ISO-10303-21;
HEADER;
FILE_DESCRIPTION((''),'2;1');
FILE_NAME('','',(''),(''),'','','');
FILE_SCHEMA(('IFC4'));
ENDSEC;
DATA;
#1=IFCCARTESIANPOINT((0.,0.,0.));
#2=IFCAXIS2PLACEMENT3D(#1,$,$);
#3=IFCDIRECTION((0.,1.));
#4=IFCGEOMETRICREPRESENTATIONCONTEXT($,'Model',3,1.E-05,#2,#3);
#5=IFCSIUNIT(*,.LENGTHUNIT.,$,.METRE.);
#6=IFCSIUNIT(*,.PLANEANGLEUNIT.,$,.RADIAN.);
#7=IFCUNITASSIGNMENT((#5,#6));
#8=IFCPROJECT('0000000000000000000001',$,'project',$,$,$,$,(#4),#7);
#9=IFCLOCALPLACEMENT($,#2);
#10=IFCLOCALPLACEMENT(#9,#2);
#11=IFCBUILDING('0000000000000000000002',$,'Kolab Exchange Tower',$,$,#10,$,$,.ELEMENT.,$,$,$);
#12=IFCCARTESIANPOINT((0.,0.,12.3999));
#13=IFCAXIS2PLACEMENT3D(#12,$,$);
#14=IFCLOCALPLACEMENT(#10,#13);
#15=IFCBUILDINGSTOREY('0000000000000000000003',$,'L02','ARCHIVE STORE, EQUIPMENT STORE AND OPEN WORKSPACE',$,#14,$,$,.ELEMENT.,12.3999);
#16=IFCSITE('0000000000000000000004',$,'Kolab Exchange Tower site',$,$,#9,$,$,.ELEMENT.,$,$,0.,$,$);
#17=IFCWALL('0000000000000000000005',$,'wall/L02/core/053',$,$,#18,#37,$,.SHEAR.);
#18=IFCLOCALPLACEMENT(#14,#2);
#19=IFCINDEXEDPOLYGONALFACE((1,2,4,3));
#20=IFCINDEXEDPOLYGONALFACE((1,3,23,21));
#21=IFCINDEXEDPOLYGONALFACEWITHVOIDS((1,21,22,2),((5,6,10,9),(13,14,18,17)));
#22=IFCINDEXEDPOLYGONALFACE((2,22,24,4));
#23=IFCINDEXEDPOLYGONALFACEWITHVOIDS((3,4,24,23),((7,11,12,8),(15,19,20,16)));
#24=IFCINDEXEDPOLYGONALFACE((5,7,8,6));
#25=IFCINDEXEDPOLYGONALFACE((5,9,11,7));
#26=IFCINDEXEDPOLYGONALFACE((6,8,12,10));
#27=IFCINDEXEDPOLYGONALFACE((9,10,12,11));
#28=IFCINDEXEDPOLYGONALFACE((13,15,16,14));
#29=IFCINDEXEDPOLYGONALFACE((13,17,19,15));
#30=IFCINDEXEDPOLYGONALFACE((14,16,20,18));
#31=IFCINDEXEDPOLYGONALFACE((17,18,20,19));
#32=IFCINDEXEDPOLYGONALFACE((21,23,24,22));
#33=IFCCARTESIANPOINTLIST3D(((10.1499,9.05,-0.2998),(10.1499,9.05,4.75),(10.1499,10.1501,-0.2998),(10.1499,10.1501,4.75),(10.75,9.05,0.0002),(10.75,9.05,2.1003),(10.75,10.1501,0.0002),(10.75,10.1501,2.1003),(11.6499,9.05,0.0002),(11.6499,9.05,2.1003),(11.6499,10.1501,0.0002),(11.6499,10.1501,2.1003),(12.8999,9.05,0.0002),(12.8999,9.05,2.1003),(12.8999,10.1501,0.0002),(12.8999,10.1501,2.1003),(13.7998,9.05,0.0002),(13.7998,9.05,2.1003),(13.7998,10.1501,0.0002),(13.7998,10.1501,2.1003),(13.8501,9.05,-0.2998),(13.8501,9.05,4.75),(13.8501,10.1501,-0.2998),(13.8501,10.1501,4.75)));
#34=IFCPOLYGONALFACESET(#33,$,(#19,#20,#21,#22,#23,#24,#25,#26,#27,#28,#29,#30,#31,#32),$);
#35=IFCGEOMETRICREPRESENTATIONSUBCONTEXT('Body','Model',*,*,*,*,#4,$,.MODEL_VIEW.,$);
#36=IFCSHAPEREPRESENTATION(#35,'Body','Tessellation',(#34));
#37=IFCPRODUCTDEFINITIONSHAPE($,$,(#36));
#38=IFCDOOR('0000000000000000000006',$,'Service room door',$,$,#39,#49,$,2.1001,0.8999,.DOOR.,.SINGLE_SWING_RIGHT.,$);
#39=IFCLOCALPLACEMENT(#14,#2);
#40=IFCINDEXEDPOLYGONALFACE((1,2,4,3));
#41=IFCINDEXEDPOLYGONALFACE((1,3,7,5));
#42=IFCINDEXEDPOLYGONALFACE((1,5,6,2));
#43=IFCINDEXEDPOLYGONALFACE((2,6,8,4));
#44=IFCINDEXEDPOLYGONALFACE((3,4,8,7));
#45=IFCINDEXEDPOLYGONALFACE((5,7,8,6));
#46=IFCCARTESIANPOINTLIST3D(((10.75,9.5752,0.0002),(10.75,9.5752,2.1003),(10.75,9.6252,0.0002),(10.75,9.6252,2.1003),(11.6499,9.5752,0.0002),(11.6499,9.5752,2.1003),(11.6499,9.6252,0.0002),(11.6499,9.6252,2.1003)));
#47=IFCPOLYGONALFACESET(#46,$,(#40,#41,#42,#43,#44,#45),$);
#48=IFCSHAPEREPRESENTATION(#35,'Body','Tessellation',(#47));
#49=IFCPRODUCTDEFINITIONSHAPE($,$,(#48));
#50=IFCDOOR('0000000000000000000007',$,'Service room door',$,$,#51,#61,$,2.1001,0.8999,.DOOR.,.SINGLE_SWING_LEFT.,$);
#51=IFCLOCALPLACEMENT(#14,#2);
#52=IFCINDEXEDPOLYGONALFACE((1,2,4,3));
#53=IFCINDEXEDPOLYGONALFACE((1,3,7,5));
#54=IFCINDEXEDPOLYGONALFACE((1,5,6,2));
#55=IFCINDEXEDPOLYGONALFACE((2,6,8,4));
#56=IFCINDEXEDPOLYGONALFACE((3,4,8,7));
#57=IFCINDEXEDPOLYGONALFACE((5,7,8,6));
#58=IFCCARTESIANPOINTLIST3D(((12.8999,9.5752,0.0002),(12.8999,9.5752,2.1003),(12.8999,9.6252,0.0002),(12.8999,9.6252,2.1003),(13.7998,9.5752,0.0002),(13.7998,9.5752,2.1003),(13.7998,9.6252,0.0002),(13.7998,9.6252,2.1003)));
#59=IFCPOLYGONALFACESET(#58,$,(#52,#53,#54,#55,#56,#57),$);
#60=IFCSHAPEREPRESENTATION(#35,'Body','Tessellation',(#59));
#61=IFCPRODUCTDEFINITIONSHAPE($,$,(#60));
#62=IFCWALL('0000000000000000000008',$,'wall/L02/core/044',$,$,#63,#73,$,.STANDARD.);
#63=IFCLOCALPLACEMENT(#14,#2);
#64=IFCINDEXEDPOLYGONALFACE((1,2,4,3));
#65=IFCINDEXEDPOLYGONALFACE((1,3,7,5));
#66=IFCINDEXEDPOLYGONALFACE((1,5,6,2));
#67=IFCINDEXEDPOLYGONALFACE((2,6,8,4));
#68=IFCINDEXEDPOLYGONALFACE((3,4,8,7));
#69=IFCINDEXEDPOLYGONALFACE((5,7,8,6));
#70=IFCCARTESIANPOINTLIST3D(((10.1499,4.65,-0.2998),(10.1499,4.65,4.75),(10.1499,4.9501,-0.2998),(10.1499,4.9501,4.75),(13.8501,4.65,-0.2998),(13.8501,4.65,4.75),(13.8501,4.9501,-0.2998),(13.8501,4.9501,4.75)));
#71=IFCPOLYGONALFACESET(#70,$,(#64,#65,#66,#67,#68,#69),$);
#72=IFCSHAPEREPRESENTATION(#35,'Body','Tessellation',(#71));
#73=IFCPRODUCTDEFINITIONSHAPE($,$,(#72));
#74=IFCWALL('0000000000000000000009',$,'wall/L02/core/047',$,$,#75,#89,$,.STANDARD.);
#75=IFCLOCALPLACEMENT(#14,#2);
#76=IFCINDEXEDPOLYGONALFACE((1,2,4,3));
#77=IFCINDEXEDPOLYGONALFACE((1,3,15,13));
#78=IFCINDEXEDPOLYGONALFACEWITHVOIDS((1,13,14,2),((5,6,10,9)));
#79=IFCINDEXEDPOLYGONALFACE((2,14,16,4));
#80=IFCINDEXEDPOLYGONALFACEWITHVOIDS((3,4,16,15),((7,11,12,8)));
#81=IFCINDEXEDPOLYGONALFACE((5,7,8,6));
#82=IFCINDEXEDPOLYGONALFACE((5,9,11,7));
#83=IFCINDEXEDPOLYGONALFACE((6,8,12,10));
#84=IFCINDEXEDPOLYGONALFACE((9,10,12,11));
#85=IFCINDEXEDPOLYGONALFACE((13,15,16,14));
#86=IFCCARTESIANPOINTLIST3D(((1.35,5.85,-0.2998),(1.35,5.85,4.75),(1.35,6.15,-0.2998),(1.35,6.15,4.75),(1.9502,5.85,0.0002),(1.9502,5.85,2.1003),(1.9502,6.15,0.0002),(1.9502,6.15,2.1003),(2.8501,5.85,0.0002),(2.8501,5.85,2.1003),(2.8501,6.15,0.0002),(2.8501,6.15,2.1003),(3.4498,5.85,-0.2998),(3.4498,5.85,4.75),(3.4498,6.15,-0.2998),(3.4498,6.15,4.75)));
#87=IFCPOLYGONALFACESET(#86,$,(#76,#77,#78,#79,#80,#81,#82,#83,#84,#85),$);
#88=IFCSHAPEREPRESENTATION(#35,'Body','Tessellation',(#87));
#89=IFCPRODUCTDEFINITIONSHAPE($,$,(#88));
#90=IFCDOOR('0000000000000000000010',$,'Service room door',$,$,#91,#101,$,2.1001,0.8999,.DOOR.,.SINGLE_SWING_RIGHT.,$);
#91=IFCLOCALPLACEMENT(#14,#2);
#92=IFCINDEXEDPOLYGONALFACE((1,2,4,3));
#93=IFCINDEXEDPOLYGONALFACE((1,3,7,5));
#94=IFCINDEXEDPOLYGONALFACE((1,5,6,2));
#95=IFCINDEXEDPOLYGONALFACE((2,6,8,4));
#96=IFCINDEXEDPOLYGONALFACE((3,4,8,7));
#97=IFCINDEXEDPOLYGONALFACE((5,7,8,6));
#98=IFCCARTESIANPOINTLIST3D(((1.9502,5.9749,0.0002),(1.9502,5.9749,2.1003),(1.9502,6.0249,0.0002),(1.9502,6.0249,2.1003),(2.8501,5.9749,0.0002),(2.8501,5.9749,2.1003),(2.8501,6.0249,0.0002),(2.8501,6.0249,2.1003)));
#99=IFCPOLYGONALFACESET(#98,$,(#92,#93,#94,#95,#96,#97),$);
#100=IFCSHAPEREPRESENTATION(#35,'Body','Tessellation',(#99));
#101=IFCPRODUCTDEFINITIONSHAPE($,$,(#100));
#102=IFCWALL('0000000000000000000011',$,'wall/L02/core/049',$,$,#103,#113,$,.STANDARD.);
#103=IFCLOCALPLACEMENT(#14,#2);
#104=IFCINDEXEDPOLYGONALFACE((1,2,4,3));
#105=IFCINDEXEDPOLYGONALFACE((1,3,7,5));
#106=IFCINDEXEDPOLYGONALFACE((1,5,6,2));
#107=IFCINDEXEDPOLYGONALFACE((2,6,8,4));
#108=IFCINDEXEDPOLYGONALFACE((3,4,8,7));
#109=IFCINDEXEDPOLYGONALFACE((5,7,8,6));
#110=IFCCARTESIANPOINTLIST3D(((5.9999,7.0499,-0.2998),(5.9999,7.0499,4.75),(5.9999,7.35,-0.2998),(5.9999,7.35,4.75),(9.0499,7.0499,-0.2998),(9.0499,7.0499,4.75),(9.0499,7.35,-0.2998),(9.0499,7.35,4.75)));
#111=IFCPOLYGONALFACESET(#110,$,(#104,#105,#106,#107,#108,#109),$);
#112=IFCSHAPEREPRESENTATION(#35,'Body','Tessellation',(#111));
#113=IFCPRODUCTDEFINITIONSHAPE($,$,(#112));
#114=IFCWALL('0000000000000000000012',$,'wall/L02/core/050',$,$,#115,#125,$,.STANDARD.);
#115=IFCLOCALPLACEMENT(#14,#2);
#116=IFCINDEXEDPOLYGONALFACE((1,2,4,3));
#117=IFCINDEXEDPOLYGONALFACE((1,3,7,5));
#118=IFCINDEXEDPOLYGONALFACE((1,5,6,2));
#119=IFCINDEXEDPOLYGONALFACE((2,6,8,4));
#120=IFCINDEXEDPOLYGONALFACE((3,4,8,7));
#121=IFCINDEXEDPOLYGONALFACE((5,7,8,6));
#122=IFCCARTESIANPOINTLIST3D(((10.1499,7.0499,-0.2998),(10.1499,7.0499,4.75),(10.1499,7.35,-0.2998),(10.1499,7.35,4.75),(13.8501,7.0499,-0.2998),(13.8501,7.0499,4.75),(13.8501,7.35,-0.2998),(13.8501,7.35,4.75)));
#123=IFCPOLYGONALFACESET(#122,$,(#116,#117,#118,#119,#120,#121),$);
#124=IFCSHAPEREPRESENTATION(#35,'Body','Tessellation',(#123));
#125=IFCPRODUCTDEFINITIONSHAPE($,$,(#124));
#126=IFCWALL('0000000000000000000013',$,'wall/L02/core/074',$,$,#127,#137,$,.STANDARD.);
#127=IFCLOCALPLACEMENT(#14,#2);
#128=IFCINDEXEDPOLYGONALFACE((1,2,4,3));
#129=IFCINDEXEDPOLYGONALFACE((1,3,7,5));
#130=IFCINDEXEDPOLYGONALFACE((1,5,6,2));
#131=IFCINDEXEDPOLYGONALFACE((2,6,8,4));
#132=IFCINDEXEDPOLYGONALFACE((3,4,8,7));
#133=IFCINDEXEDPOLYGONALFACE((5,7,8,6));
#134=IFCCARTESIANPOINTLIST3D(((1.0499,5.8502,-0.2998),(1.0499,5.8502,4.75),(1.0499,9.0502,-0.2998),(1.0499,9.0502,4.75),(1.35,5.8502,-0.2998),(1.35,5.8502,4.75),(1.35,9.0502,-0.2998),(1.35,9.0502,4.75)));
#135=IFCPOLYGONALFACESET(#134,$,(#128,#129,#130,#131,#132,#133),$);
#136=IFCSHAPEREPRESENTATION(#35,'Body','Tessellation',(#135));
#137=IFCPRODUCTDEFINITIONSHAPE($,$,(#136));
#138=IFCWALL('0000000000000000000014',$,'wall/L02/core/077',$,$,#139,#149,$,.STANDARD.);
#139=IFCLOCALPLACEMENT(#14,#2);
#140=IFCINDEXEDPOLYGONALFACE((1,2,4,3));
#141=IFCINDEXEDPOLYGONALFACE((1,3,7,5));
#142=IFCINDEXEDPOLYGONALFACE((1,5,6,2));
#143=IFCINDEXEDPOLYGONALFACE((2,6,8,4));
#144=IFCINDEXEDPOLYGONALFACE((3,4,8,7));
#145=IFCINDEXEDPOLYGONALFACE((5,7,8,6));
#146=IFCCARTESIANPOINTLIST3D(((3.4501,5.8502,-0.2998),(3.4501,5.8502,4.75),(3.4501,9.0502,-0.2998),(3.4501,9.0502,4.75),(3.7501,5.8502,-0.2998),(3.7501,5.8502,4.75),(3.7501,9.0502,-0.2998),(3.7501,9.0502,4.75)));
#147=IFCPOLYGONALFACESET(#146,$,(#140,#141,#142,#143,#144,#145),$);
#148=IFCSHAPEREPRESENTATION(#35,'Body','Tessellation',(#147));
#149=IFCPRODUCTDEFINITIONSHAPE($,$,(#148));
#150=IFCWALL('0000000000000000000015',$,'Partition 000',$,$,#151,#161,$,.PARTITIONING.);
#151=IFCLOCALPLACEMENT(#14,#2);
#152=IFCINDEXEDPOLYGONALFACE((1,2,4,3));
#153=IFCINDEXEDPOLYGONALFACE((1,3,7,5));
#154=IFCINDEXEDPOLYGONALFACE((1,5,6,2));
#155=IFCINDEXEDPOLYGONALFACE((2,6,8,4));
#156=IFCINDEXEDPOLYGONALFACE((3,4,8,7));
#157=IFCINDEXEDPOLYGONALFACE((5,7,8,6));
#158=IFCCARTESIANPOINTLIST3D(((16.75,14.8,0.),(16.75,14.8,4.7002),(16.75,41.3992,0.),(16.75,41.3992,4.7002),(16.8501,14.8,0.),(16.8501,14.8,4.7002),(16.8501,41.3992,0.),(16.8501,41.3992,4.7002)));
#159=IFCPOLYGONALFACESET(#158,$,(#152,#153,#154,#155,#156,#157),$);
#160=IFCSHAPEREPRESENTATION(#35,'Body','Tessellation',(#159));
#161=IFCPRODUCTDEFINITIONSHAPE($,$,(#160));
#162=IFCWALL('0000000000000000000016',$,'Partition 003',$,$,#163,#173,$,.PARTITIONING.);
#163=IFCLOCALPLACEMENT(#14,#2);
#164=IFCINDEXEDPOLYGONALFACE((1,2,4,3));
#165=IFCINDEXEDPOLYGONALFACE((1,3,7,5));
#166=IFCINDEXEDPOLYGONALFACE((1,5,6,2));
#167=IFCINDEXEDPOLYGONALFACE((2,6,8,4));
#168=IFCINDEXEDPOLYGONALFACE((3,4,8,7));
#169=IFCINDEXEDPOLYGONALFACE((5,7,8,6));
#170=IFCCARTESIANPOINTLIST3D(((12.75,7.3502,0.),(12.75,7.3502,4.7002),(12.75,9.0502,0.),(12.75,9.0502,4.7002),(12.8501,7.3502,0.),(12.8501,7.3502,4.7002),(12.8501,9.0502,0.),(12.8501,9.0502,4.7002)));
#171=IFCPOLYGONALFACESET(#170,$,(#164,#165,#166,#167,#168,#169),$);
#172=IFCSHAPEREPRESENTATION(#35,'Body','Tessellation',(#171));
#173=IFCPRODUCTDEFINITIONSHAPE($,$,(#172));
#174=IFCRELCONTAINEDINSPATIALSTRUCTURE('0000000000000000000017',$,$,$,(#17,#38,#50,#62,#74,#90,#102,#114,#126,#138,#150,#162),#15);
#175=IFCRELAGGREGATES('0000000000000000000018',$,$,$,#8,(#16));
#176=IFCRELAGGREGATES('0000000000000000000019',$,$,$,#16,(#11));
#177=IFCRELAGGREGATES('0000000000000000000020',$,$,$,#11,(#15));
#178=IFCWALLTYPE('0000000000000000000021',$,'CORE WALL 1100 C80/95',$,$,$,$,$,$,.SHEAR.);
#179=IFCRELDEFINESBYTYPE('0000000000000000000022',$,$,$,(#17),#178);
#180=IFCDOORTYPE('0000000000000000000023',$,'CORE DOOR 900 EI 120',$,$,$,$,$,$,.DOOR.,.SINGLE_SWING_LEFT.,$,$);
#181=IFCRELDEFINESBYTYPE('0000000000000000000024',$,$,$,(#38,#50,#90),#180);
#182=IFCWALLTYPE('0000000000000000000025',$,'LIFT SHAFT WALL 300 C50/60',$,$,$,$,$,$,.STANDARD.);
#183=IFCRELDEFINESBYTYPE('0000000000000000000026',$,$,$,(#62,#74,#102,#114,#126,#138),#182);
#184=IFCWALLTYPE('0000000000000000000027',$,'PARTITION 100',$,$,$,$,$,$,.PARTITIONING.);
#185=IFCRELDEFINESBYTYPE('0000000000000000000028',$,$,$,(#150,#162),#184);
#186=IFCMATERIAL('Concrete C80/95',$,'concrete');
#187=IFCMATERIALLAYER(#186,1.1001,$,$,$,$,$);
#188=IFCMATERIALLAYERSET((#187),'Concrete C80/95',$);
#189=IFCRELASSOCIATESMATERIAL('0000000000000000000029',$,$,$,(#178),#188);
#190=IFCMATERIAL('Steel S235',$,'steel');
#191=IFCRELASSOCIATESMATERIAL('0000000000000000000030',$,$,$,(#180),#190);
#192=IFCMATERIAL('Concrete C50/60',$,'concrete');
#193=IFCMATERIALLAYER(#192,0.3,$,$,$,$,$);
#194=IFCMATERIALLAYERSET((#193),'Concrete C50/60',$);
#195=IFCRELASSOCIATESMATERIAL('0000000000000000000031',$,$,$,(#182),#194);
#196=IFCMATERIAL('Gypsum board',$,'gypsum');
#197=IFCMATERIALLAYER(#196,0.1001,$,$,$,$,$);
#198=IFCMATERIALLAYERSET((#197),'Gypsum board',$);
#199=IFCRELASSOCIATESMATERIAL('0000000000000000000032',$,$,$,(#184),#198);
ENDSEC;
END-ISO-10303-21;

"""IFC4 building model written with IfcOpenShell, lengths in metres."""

from ifc_helpers import new_model, si_unit, direction, frame, frame_2d, origin, place, context, subcontext, project, spatial, rectangle, extrude, material, layer, layer_set, type_object, element, fill, save


model = new_model("IFC4")

# Units and contexts
model_context = context("Model", 3, precision=1e-05, world=origin(), true_north=direction((0.0, 1.0)))
body_context = subcontext(model_context, "Body", "Model", "MODEL_VIEW")
ifc_project = project(units=[si_unit("LENGTHUNIT", "METRE"), si_unit("PLANEANGLEUNIT", "RADIAN")], contexts=[model_context])

# Site, building, storey
site_placement = place(None, origin())
site = spatial("IfcSite", under=ifc_project, at=site_placement, Name="Kolab Exchange Tower site", CompositionType="ELEMENT", RefElevation=0.0)
building_placement = place(site_placement, origin())
building = spatial("IfcBuilding", under=site, at=building_placement, Name="Kolab Exchange Tower", CompositionType="ELEMENT")
storey_placement = place(building_placement, frame((0.0, 0.0, 12.3999)))
storey = spatial("IfcBuildingStorey", under=building, at=storey_placement, Name="L02", Description="ARCHIVE STORE, EQUIPMENT STORE AND OPEN WORKSPACE", CompositionType="ELEMENT", Elevation=12.3999)

# Shared definitions
ifc_material_1 = material(Name="Concrete C80/95", Category="concrete")

# Wall, openings, doors
ifc_layer_1 = layer(ifc_material_1, 1.1001)
ifc_layer_set_1 = layer_set([ifc_layer_1], Name="Concrete C80/95")
wall_type_1 = type_object("IfcWallType", Name="CORE WALL 1100 C80/95", PredefinedType="SHEAR", material=ifc_layer_set_1)
wall_1_placement = place(storey_placement, frame((10.1499, 9.6001, -0.2998), z_axis=(0.0, 0.0, 1.0), x_axis=(1.0, 0.0, 0.0)))
wall_1 = element("IfcWall", 1, at=wall_1_placement, inside=storey, type_object=wall_type_1, Name="wall/L02/core/053", PredefinedType="SHEAR", context=body_context, shape_type="SweptSolid", body=[
    extrude(rectangle(XDim=3.7002, YDim=1.1001, at=frame_2d((1.8501, 0.0))), origin(), (0.0, 0.0, 1.0), 5.0498),
])
opening_1_placement = place(wall_1_placement, frame((0.6001, 0.0, 0.3)))
opening_1 = element("IfcOpeningElement", 2, at=opening_1_placement, cuts=wall_1, PredefinedType="OPENING", context=body_context, shape_type="SweptSolid", body=[
    extrude(rectangle(XDim=0.8999, YDim=2.1001, at=frame_2d((0.45, 1.05))), frame((0.0, 0.5601, 0.0), z_axis=(0.0, -1.0, 0.0), x_axis=(1.0, 0.0, 0.0)), (0.0, 0.0, 1.0), 1.1201),
])
opening_2_placement = place(wall_1_placement, frame((2.75, 0.0, 0.3)))
opening_2 = element("IfcOpeningElement", 3, at=opening_2_placement, cuts=wall_1, PredefinedType="OPENING", context=body_context, shape_type="SweptSolid", body=[
    extrude(rectangle(XDim=0.8999, YDim=2.1001, at=frame_2d((0.45, 1.05))), frame((0.0, 0.5601, 0.0), z_axis=(0.0, -1.0, 0.0), x_axis=(1.0, 0.0, 0.0)), (0.0, 0.0, 1.0), 1.1201),
])
ifc_material_2 = material(Name="Steel S235", Category="steel")
door_type = type_object("IfcDoorType", Name="CORE DOOR 900 EI 120", OperationType="SINGLE_SWING_LEFT", PredefinedType="DOOR", material=ifc_material_2)
door_1_placement = place(opening_1_placement, frame((0.8999, 0.0, 0.0), z_axis=(0.0, 0.0, 1.0), x_axis=(-1.0, 0.0, 0.0)))
door_1 = element("IfcDoor", 4, at=door_1_placement, inside=storey, type_object=door_type, Name="Service room door", OperationType="SINGLE_SWING_RIGHT", OverallHeight=2.1001, OverallWidth=0.8999, PredefinedType="DOOR", context=body_context, shape_type="SweptSolid", body=[
    extrude(rectangle(XDim=0.8999, YDim=2.1001, at=frame_2d((0.45, 1.05))), frame((0.0, 0.0249, 0.0), z_axis=(0.0, -1.0, 0.0), x_axis=(1.0, 0.0, 0.0)), (0.0, 0.0, 1.0), 0.05),
])
fill(opening_1, door_1)
door_2_placement = place(opening_2_placement, frame((0.8999, 0.0, 0.0), z_axis=(0.0, 0.0, 1.0), x_axis=(-1.0, 0.0, 0.0)))
door_2 = element("IfcDoor", 5, at=door_2_placement, inside=storey, type_object=door_type, Name="Service room door", OperationType="SINGLE_SWING_LEFT", OverallHeight=2.1001, OverallWidth=0.8999, PredefinedType="DOOR", context=body_context, shape_type="SweptSolid", body=[
    extrude(rectangle(XDim=0.8999, YDim=2.1001, at=frame_2d((0.45, 1.05))), frame((0.0, 0.0249, 0.0), z_axis=(0.0, -1.0, 0.0), x_axis=(1.0, 0.0, 0.0)), (0.0, 0.0, 1.0), 0.05),
])
fill(opening_2, door_2)

# Wall
ifc_material_3 = material(Name="Concrete C50/60", Category="concrete")
ifc_layer_2 = layer(ifc_material_3, 0.3)
ifc_layer_set_2 = layer_set([ifc_layer_2], Name="Concrete C50/60")
wall_type_2 = type_object("IfcWallType", Name="LIFT SHAFT WALL 300 C50/60", PredefinedType="STANDARD", material=ifc_layer_set_2)
wall_2_placement = place(storey_placement, frame((10.1499, 4.8, -0.2998), z_axis=(0.0, 0.0, 1.0), x_axis=(1.0, 0.0, 0.0)))
element("IfcWall", 6, at=wall_2_placement, inside=storey, type_object=wall_type_2, Name="wall/L02/core/044", PredefinedType="STANDARD", context=body_context, shape_type="SweptSolid", body=[
    extrude(rectangle(XDim=3.7002, YDim=0.3, at=frame_2d((1.8501, 0.0))), origin(), (0.0, 0.0, 1.0), 5.0498),
])

# Wall, opening, door
wall_3_placement = place(storey_placement, frame((1.3501, 6.0, -0.2998), z_axis=(0.0, 0.0, 1.0), x_axis=(1.0, 0.0, 0.0)))
wall_3 = element("IfcWall", 7, at=wall_3_placement, inside=storey, type_object=wall_type_2, Name="wall/L02/core/047", PredefinedType="STANDARD", context=body_context, shape_type="SweptSolid", body=[
    extrude(rectangle(XDim=2.0999, YDim=0.3, at=frame_2d((1.0498, 0.0))), origin(), (0.0, 0.0, 1.0), 5.0498),
])
opening_3_placement = place(wall_3_placement, frame((0.6001, 0.0, 0.3)))
opening_3 = element("IfcOpeningElement", 8, at=opening_3_placement, cuts=wall_3, PredefinedType="OPENING", context=body_context, shape_type="SweptSolid", body=[
    extrude(rectangle(XDim=0.8999, YDim=2.1001, at=frame_2d((0.45, 1.05))), frame((0.0, 0.1602, 0.0), z_axis=(0.0, -1.0, 0.0), x_axis=(1.0, 0.0, 0.0)), (0.0, 0.0, 1.0), 0.3201),
])
door_3_placement = place(opening_3_placement, origin())
door_3 = element("IfcDoor", 9, at=door_3_placement, inside=storey, type_object=door_type, Name="Service room door", OperationType="SINGLE_SWING_RIGHT", OverallHeight=2.1001, OverallWidth=0.8999, PredefinedType="DOOR", context=body_context, shape_type="SweptSolid", body=[
    extrude(rectangle(XDim=0.8999, YDim=2.1001, at=frame_2d((0.45, 1.05))), frame((0.0, 0.0249, 0.0), z_axis=(0.0, -1.0, 0.0), x_axis=(1.0, 0.0, 0.0)), (0.0, 0.0, 1.0), 0.05),
])
fill(opening_3, door_3)

# Walls
wall_4_placement = place(storey_placement, frame((6.0, 7.2, -0.2998), z_axis=(0.0, 0.0, 1.0), x_axis=(1.0, 0.0, 0.0)))
element("IfcWall", 10, at=wall_4_placement, inside=storey, type_object=wall_type_2, Name="wall/L02/core/049", PredefinedType="STANDARD", context=body_context, shape_type="SweptSolid", body=[
    extrude(rectangle(XDim=3.05, YDim=0.3, at=frame_2d((1.5249, 0.0))), origin(), (0.0, 0.0, 1.0), 5.0498),
])
wall_5_placement = place(storey_placement, frame((10.1499, 7.2, -0.2998), z_axis=(0.0, 0.0, 1.0), x_axis=(1.0, 0.0, 0.0)))
element("IfcWall", 11, at=wall_5_placement, inside=storey, type_object=wall_type_2, Name="wall/L02/core/050", PredefinedType="STANDARD", context=body_context, shape_type="SweptSolid", body=[
    extrude(rectangle(XDim=3.7002, YDim=0.3, at=frame_2d((1.8501, 0.0))), origin(), (0.0, 0.0, 1.0), 5.0498),
])
for number, where, z_axis, x_axis, name in (
    (12, (1.2, 5.8501, -0.2998), (0.0, 0.0, 1.0), (0.0, 1.0, 0.0), "wall/L02/core/074"),
    (13, (3.6001, 5.8501, -0.2998), (0.0, 0.0, 1.0), (0.0, 1.0, 0.0), "wall/L02/core/077"),
):
    element("IfcWall", number, at=place(storey_placement, frame(where, z_axis=z_axis, x_axis=x_axis)), inside=storey, type_object=wall_type_2, Name=name, PredefinedType="STANDARD", context=body_context, shape_type="SweptSolid", body=[
        extrude(rectangle(XDim=3.2, YDim=0.3, at=frame_2d((1.6001, 0.0))), origin(), (0.0, 0.0, 1.0), 5.0498),
    ])
ifc_material_4 = material(Name="Gypsum board", Category="gypsum")
ifc_layer_3 = layer(ifc_material_4, 0.1001)
ifc_layer_set_3 = layer_set([ifc_layer_3], Name="Gypsum board")
wall_type_3 = type_object("IfcWallType", Name="PARTITION 100", PredefinedType="PARTITIONING", material=ifc_layer_set_3)
wall_6_placement = place(storey_placement, frame((16.8, 14.8, 0.0), z_axis=(0.0, 0.0, 1.0), x_axis=(0.0, 1.0, 0.0)))
element("IfcWall", 14, at=wall_6_placement, inside=storey, type_object=wall_type_3, Name="Partition 000", PredefinedType="PARTITIONING", context=body_context, shape_type="SweptSolid", body=[
    extrude(rectangle(XDim=26.5991, YDim=0.1001, at=frame_2d((13.2996, 0.0))), origin(), (0.0, 0.0, 1.0), 4.7002),
])
wall_7_placement = place(storey_placement, frame((12.8, 7.3501, 0.0), z_axis=(0.0, 0.0, 1.0), x_axis=(0.0, 1.0, 0.0)))
element("IfcWall", 15, at=wall_7_placement, inside=storey, type_object=wall_type_3, Name="Partition 003", PredefinedType="PARTITIONING", context=body_context, shape_type="SweptSolid", body=[
    extrude(rectangle(XDim=1.7, YDim=0.1001, at=frame_2d((0.8501, 0.0))), origin(), (0.0, 0.0, 1.0), 4.7002),
])

save(model, "model.ifc")
